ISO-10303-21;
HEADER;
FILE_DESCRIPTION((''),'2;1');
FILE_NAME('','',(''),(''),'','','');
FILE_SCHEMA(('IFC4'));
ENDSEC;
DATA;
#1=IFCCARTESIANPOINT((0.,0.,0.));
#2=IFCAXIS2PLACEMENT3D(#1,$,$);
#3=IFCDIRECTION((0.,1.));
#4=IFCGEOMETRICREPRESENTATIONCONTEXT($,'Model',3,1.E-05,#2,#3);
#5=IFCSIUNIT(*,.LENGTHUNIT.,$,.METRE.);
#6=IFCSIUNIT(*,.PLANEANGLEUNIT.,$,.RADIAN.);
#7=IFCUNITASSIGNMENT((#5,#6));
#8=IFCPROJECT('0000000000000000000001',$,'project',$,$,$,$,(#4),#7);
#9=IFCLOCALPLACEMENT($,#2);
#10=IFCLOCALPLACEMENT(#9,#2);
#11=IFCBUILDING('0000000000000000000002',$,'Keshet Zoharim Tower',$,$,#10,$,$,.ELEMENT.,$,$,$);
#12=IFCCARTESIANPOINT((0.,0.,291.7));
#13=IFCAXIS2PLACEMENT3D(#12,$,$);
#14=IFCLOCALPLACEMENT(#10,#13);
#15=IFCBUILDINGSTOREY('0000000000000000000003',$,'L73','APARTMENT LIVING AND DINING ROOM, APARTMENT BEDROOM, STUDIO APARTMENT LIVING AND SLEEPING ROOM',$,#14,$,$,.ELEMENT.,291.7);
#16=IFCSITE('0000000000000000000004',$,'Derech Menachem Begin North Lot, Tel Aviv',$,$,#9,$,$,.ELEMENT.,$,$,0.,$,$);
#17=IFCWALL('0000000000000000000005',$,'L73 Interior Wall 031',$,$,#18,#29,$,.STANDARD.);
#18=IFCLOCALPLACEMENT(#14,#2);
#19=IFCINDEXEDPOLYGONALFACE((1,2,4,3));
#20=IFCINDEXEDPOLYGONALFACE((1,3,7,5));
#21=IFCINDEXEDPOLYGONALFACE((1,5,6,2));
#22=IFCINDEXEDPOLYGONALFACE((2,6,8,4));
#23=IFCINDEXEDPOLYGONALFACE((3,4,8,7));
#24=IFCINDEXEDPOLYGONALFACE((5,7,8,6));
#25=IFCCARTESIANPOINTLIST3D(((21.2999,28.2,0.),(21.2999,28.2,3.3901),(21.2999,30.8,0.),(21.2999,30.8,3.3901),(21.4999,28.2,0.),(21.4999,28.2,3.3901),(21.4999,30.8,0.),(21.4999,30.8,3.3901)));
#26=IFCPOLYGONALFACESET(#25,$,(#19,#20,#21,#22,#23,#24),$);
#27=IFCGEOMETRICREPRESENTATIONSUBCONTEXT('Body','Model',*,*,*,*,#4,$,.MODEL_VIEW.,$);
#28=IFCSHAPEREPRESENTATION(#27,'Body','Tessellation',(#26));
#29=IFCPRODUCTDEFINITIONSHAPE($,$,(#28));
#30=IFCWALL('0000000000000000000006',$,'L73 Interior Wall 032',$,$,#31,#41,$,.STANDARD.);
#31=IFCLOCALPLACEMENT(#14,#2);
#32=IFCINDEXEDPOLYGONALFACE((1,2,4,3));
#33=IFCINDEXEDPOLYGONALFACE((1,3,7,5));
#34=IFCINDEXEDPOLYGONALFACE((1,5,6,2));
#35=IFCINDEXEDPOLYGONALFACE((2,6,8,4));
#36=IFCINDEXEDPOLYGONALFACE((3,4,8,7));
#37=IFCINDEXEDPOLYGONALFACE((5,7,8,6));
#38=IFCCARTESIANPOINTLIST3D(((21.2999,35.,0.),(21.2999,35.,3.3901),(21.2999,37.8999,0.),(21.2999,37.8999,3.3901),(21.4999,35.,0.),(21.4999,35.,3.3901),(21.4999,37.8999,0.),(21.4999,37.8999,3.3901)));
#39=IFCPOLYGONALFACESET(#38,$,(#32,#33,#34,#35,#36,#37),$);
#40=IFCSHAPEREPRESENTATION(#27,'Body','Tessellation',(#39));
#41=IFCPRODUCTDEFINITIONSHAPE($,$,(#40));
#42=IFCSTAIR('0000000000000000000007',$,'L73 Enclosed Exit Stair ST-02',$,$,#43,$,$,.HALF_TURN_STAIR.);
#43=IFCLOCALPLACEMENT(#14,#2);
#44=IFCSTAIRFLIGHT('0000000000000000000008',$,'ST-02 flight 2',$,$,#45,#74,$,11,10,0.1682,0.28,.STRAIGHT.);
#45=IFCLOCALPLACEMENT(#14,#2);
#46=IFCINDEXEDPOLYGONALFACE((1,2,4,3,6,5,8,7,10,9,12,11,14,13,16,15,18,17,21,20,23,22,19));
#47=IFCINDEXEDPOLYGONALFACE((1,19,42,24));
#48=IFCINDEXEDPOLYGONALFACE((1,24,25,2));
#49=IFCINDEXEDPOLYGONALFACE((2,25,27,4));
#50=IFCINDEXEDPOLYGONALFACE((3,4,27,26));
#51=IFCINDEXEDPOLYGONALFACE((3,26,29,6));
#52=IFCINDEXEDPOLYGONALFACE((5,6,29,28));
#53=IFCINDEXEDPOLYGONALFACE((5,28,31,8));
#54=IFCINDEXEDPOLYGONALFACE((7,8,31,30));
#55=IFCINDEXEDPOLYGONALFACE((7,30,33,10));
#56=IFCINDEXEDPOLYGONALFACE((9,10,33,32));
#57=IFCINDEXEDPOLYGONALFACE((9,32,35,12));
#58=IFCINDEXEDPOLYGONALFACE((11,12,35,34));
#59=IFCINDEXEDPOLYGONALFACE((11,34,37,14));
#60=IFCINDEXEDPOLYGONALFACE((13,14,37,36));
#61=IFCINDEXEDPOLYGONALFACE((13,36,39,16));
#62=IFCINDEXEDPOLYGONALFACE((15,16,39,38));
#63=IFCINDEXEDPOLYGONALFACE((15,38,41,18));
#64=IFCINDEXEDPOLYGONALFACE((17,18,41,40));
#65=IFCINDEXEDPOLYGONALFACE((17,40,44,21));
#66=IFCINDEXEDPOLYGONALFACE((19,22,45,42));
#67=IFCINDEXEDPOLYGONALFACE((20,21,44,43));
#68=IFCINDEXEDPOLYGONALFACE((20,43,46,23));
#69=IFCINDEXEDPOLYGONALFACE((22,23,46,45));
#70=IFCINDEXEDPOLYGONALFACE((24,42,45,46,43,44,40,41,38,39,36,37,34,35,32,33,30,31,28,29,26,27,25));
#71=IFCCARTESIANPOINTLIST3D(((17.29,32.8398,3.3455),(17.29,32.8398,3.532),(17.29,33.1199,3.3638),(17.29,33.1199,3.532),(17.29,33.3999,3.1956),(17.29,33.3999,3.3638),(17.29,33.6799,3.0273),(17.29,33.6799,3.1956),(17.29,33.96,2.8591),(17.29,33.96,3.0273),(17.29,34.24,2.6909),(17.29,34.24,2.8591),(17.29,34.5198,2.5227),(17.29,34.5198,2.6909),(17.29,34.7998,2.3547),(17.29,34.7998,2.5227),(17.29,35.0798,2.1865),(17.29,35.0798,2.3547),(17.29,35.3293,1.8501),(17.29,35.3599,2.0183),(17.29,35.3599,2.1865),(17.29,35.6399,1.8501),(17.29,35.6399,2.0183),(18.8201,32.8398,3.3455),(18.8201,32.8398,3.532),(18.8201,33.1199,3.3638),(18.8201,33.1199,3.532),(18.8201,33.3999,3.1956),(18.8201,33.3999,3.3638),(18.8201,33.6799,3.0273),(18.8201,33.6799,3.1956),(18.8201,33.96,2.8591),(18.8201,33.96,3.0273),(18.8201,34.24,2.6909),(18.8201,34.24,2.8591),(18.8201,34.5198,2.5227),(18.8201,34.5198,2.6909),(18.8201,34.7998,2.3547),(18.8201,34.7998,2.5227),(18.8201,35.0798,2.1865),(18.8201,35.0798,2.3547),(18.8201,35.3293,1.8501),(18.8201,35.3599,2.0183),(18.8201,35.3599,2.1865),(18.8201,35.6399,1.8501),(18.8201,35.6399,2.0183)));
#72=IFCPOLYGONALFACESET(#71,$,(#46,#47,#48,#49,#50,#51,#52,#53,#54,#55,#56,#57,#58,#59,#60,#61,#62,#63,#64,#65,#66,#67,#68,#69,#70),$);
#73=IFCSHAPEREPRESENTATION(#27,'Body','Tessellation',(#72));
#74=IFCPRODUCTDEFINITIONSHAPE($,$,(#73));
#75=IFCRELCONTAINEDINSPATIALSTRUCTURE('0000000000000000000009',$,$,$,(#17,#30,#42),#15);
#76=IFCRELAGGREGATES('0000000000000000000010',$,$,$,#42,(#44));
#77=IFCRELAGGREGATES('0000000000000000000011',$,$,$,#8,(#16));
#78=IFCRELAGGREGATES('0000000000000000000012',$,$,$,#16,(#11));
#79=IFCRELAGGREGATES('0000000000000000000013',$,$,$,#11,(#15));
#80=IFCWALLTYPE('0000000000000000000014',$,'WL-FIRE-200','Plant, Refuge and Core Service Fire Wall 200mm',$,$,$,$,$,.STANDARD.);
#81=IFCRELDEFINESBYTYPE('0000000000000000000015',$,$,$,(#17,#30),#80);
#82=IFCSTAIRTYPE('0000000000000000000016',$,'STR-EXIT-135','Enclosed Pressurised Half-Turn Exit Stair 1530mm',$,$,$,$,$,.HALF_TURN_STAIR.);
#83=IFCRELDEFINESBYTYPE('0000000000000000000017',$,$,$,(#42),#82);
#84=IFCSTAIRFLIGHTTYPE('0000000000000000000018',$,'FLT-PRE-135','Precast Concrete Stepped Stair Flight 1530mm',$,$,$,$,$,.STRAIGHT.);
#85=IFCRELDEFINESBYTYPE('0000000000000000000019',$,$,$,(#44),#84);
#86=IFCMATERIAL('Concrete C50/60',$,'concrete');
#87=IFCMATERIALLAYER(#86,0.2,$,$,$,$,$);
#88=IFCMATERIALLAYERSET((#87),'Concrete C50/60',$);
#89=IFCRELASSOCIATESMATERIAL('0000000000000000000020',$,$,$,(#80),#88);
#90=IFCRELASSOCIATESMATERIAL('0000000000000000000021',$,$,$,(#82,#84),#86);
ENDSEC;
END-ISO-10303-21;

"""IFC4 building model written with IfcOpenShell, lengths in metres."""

from ifc_helpers import new_model, si_unit, direction, frame, frame_2d, origin, place, context, subcontext, project, spatial, polyline, rectangle, outline, extrude, material, layer, layer_set, type_object, element, aggregate, save


model = new_model("IFC4")

# Units and contexts
model_context = context("Model", 3, precision=1e-05, world=origin(), true_north=direction((0.0, 1.0)))
body_context = subcontext(model_context, "Body", "Model", "MODEL_VIEW")
ifc_project = project(units=[si_unit("LENGTHUNIT", "METRE"), si_unit("PLANEANGLEUNIT", "RADIAN")], contexts=[model_context])

# Site, building, storey
site_placement = place(None, origin())
site = spatial("IfcSite", under=ifc_project, at=site_placement, Name="Derech Menachem Begin North Lot, Tel Aviv", CompositionType="ELEMENT", RefElevation=0.0)
building_placement = place(site_placement, origin())
building = spatial("IfcBuilding", under=site, at=building_placement, Name="Keshet Zoharim Tower", CompositionType="ELEMENT")
storey_placement = place(building_placement, frame((0.0, 0.0, 291.7)))
storey = spatial("IfcBuildingStorey", under=building, at=storey_placement, Name="L73", Description="APARTMENT LIVING AND DINING ROOM, APARTMENT BEDROOM, STUDIO APARTMENT LIVING AND SLEEPING ROOM", CompositionType="ELEMENT", Elevation=291.7)

# Walls
ifc_material_1 = material(Name="Concrete C50/60", Category="concrete")
ifc_layer_1 = layer(ifc_material_1, 0.2)
ifc_layer_set_1 = layer_set([ifc_layer_1], Name="Concrete C50/60")
wall_type_1 = type_object("IfcWallType", Name="WL-FIRE-200", Description="Plant, Refuge and Core Service Fire Wall 200mm", PredefinedType="STANDARD", material=ifc_layer_set_1)
wall_1_placement = place(storey_placement, frame((21.3999, 28.2, 0.0), z_axis=(0.0, 0.0, 1.0), x_axis=(0.0, 1.0, 0.0)))
element("IfcWall", 1, at=wall_1_placement, inside=storey, type_object=wall_type_1, Name="L73 Interior Wall 031", PredefinedType="STANDARD", context=body_context, shape_type="SweptSolid", body=[
    extrude(rectangle(XDim=2.6001, YDim=0.2, at=frame_2d((1.3, 0.0))), origin(), (0.0, 0.0, 1.0), 3.3901),
])
wall_2_placement = place(storey_placement, frame((21.3999, 35.0, 0.0), z_axis=(0.0, 0.0, 1.0), x_axis=(0.0, 1.0, 0.0)))
element("IfcWall", 2, at=wall_2_placement, inside=storey, type_object=wall_type_1, Name="L73 Interior Wall 032", PredefinedType="STANDARD", context=body_context, shape_type="SweptSolid", body=[
    extrude(rectangle(XDim=2.8999, YDim=0.2, at=frame_2d((1.45, 0.0))), origin(), (0.0, 0.0, 1.0), 3.3901),
])

# Stair, stair flight
stair_type = type_object("IfcStairType", Name="STR-EXIT-135", Description="Enclosed Pressurised Half-Turn Exit Stair 1530mm", PredefinedType="HALF_TURN_STAIR", material=ifc_material_1)
stair_placement = place(storey_placement, origin())
stair = element("IfcStair", 3, at=stair_placement, inside=storey, type_object=stair_type, Name="L73 Enclosed Exit Stair ST-02", PredefinedType="HALF_TURN_STAIR")
stair_flight_type = type_object("IfcStairFlightType", Name="FLT-PRE-135", Description="Precast Concrete Stepped Stair Flight 1530mm", PredefinedType="STRAIGHT", material=ifc_material_1)
stair_flight_placement = place(storey_placement, frame((18.0549, 35.6399, 1.8501), z_axis=(0.0, 0.0, 1.0), x_axis=(0.0, -1.0, 0.0)))
stair_flight = element("IfcStairFlight", 4, at=stair_flight_placement, type_object=stair_flight_type, Name="ST-02 flight 2", NumberOfRisers=11, NumberOfTreads=10, PredefinedType="STRAIGHT", RiserHeight=0.1682, TreadLength=0.28, context=body_context, shape_type="SweptSolid", body=[
    extrude(outline(polyline([(0.0, 0.0), (0.0, 0.1682), (0.28, 0.1682), (0.28, 0.3364), (0.5601, 0.3364), (0.5601, 0.5046), (0.8401, 0.5046), (0.8401, 0.6726), (1.1201, 0.6726), (1.1201, 0.8408), (1.3999, 0.8408), (1.3999, 1.009), (1.6799, 1.009), (1.6799, 1.1772), (1.96, 1.1772), (1.96, 1.3455), (2.24, 1.3455), (2.24, 1.5137), (2.52, 1.5137), (2.52, 1.6819), (2.8, 1.6819), (2.8, 1.8501), (2.8, 1.4954), (0.3105, 0.0), (0.0, 0.0)])), frame((0.0, 0.7651, 0.0), z_axis=(0.0, -1.0, 0.0), x_axis=(1.0, 0.0, 0.0)), (0.0, 0.0, 1.0), 1.53),
])
aggregate(stair, [stair_flight])

save(model, "model.ifc")
